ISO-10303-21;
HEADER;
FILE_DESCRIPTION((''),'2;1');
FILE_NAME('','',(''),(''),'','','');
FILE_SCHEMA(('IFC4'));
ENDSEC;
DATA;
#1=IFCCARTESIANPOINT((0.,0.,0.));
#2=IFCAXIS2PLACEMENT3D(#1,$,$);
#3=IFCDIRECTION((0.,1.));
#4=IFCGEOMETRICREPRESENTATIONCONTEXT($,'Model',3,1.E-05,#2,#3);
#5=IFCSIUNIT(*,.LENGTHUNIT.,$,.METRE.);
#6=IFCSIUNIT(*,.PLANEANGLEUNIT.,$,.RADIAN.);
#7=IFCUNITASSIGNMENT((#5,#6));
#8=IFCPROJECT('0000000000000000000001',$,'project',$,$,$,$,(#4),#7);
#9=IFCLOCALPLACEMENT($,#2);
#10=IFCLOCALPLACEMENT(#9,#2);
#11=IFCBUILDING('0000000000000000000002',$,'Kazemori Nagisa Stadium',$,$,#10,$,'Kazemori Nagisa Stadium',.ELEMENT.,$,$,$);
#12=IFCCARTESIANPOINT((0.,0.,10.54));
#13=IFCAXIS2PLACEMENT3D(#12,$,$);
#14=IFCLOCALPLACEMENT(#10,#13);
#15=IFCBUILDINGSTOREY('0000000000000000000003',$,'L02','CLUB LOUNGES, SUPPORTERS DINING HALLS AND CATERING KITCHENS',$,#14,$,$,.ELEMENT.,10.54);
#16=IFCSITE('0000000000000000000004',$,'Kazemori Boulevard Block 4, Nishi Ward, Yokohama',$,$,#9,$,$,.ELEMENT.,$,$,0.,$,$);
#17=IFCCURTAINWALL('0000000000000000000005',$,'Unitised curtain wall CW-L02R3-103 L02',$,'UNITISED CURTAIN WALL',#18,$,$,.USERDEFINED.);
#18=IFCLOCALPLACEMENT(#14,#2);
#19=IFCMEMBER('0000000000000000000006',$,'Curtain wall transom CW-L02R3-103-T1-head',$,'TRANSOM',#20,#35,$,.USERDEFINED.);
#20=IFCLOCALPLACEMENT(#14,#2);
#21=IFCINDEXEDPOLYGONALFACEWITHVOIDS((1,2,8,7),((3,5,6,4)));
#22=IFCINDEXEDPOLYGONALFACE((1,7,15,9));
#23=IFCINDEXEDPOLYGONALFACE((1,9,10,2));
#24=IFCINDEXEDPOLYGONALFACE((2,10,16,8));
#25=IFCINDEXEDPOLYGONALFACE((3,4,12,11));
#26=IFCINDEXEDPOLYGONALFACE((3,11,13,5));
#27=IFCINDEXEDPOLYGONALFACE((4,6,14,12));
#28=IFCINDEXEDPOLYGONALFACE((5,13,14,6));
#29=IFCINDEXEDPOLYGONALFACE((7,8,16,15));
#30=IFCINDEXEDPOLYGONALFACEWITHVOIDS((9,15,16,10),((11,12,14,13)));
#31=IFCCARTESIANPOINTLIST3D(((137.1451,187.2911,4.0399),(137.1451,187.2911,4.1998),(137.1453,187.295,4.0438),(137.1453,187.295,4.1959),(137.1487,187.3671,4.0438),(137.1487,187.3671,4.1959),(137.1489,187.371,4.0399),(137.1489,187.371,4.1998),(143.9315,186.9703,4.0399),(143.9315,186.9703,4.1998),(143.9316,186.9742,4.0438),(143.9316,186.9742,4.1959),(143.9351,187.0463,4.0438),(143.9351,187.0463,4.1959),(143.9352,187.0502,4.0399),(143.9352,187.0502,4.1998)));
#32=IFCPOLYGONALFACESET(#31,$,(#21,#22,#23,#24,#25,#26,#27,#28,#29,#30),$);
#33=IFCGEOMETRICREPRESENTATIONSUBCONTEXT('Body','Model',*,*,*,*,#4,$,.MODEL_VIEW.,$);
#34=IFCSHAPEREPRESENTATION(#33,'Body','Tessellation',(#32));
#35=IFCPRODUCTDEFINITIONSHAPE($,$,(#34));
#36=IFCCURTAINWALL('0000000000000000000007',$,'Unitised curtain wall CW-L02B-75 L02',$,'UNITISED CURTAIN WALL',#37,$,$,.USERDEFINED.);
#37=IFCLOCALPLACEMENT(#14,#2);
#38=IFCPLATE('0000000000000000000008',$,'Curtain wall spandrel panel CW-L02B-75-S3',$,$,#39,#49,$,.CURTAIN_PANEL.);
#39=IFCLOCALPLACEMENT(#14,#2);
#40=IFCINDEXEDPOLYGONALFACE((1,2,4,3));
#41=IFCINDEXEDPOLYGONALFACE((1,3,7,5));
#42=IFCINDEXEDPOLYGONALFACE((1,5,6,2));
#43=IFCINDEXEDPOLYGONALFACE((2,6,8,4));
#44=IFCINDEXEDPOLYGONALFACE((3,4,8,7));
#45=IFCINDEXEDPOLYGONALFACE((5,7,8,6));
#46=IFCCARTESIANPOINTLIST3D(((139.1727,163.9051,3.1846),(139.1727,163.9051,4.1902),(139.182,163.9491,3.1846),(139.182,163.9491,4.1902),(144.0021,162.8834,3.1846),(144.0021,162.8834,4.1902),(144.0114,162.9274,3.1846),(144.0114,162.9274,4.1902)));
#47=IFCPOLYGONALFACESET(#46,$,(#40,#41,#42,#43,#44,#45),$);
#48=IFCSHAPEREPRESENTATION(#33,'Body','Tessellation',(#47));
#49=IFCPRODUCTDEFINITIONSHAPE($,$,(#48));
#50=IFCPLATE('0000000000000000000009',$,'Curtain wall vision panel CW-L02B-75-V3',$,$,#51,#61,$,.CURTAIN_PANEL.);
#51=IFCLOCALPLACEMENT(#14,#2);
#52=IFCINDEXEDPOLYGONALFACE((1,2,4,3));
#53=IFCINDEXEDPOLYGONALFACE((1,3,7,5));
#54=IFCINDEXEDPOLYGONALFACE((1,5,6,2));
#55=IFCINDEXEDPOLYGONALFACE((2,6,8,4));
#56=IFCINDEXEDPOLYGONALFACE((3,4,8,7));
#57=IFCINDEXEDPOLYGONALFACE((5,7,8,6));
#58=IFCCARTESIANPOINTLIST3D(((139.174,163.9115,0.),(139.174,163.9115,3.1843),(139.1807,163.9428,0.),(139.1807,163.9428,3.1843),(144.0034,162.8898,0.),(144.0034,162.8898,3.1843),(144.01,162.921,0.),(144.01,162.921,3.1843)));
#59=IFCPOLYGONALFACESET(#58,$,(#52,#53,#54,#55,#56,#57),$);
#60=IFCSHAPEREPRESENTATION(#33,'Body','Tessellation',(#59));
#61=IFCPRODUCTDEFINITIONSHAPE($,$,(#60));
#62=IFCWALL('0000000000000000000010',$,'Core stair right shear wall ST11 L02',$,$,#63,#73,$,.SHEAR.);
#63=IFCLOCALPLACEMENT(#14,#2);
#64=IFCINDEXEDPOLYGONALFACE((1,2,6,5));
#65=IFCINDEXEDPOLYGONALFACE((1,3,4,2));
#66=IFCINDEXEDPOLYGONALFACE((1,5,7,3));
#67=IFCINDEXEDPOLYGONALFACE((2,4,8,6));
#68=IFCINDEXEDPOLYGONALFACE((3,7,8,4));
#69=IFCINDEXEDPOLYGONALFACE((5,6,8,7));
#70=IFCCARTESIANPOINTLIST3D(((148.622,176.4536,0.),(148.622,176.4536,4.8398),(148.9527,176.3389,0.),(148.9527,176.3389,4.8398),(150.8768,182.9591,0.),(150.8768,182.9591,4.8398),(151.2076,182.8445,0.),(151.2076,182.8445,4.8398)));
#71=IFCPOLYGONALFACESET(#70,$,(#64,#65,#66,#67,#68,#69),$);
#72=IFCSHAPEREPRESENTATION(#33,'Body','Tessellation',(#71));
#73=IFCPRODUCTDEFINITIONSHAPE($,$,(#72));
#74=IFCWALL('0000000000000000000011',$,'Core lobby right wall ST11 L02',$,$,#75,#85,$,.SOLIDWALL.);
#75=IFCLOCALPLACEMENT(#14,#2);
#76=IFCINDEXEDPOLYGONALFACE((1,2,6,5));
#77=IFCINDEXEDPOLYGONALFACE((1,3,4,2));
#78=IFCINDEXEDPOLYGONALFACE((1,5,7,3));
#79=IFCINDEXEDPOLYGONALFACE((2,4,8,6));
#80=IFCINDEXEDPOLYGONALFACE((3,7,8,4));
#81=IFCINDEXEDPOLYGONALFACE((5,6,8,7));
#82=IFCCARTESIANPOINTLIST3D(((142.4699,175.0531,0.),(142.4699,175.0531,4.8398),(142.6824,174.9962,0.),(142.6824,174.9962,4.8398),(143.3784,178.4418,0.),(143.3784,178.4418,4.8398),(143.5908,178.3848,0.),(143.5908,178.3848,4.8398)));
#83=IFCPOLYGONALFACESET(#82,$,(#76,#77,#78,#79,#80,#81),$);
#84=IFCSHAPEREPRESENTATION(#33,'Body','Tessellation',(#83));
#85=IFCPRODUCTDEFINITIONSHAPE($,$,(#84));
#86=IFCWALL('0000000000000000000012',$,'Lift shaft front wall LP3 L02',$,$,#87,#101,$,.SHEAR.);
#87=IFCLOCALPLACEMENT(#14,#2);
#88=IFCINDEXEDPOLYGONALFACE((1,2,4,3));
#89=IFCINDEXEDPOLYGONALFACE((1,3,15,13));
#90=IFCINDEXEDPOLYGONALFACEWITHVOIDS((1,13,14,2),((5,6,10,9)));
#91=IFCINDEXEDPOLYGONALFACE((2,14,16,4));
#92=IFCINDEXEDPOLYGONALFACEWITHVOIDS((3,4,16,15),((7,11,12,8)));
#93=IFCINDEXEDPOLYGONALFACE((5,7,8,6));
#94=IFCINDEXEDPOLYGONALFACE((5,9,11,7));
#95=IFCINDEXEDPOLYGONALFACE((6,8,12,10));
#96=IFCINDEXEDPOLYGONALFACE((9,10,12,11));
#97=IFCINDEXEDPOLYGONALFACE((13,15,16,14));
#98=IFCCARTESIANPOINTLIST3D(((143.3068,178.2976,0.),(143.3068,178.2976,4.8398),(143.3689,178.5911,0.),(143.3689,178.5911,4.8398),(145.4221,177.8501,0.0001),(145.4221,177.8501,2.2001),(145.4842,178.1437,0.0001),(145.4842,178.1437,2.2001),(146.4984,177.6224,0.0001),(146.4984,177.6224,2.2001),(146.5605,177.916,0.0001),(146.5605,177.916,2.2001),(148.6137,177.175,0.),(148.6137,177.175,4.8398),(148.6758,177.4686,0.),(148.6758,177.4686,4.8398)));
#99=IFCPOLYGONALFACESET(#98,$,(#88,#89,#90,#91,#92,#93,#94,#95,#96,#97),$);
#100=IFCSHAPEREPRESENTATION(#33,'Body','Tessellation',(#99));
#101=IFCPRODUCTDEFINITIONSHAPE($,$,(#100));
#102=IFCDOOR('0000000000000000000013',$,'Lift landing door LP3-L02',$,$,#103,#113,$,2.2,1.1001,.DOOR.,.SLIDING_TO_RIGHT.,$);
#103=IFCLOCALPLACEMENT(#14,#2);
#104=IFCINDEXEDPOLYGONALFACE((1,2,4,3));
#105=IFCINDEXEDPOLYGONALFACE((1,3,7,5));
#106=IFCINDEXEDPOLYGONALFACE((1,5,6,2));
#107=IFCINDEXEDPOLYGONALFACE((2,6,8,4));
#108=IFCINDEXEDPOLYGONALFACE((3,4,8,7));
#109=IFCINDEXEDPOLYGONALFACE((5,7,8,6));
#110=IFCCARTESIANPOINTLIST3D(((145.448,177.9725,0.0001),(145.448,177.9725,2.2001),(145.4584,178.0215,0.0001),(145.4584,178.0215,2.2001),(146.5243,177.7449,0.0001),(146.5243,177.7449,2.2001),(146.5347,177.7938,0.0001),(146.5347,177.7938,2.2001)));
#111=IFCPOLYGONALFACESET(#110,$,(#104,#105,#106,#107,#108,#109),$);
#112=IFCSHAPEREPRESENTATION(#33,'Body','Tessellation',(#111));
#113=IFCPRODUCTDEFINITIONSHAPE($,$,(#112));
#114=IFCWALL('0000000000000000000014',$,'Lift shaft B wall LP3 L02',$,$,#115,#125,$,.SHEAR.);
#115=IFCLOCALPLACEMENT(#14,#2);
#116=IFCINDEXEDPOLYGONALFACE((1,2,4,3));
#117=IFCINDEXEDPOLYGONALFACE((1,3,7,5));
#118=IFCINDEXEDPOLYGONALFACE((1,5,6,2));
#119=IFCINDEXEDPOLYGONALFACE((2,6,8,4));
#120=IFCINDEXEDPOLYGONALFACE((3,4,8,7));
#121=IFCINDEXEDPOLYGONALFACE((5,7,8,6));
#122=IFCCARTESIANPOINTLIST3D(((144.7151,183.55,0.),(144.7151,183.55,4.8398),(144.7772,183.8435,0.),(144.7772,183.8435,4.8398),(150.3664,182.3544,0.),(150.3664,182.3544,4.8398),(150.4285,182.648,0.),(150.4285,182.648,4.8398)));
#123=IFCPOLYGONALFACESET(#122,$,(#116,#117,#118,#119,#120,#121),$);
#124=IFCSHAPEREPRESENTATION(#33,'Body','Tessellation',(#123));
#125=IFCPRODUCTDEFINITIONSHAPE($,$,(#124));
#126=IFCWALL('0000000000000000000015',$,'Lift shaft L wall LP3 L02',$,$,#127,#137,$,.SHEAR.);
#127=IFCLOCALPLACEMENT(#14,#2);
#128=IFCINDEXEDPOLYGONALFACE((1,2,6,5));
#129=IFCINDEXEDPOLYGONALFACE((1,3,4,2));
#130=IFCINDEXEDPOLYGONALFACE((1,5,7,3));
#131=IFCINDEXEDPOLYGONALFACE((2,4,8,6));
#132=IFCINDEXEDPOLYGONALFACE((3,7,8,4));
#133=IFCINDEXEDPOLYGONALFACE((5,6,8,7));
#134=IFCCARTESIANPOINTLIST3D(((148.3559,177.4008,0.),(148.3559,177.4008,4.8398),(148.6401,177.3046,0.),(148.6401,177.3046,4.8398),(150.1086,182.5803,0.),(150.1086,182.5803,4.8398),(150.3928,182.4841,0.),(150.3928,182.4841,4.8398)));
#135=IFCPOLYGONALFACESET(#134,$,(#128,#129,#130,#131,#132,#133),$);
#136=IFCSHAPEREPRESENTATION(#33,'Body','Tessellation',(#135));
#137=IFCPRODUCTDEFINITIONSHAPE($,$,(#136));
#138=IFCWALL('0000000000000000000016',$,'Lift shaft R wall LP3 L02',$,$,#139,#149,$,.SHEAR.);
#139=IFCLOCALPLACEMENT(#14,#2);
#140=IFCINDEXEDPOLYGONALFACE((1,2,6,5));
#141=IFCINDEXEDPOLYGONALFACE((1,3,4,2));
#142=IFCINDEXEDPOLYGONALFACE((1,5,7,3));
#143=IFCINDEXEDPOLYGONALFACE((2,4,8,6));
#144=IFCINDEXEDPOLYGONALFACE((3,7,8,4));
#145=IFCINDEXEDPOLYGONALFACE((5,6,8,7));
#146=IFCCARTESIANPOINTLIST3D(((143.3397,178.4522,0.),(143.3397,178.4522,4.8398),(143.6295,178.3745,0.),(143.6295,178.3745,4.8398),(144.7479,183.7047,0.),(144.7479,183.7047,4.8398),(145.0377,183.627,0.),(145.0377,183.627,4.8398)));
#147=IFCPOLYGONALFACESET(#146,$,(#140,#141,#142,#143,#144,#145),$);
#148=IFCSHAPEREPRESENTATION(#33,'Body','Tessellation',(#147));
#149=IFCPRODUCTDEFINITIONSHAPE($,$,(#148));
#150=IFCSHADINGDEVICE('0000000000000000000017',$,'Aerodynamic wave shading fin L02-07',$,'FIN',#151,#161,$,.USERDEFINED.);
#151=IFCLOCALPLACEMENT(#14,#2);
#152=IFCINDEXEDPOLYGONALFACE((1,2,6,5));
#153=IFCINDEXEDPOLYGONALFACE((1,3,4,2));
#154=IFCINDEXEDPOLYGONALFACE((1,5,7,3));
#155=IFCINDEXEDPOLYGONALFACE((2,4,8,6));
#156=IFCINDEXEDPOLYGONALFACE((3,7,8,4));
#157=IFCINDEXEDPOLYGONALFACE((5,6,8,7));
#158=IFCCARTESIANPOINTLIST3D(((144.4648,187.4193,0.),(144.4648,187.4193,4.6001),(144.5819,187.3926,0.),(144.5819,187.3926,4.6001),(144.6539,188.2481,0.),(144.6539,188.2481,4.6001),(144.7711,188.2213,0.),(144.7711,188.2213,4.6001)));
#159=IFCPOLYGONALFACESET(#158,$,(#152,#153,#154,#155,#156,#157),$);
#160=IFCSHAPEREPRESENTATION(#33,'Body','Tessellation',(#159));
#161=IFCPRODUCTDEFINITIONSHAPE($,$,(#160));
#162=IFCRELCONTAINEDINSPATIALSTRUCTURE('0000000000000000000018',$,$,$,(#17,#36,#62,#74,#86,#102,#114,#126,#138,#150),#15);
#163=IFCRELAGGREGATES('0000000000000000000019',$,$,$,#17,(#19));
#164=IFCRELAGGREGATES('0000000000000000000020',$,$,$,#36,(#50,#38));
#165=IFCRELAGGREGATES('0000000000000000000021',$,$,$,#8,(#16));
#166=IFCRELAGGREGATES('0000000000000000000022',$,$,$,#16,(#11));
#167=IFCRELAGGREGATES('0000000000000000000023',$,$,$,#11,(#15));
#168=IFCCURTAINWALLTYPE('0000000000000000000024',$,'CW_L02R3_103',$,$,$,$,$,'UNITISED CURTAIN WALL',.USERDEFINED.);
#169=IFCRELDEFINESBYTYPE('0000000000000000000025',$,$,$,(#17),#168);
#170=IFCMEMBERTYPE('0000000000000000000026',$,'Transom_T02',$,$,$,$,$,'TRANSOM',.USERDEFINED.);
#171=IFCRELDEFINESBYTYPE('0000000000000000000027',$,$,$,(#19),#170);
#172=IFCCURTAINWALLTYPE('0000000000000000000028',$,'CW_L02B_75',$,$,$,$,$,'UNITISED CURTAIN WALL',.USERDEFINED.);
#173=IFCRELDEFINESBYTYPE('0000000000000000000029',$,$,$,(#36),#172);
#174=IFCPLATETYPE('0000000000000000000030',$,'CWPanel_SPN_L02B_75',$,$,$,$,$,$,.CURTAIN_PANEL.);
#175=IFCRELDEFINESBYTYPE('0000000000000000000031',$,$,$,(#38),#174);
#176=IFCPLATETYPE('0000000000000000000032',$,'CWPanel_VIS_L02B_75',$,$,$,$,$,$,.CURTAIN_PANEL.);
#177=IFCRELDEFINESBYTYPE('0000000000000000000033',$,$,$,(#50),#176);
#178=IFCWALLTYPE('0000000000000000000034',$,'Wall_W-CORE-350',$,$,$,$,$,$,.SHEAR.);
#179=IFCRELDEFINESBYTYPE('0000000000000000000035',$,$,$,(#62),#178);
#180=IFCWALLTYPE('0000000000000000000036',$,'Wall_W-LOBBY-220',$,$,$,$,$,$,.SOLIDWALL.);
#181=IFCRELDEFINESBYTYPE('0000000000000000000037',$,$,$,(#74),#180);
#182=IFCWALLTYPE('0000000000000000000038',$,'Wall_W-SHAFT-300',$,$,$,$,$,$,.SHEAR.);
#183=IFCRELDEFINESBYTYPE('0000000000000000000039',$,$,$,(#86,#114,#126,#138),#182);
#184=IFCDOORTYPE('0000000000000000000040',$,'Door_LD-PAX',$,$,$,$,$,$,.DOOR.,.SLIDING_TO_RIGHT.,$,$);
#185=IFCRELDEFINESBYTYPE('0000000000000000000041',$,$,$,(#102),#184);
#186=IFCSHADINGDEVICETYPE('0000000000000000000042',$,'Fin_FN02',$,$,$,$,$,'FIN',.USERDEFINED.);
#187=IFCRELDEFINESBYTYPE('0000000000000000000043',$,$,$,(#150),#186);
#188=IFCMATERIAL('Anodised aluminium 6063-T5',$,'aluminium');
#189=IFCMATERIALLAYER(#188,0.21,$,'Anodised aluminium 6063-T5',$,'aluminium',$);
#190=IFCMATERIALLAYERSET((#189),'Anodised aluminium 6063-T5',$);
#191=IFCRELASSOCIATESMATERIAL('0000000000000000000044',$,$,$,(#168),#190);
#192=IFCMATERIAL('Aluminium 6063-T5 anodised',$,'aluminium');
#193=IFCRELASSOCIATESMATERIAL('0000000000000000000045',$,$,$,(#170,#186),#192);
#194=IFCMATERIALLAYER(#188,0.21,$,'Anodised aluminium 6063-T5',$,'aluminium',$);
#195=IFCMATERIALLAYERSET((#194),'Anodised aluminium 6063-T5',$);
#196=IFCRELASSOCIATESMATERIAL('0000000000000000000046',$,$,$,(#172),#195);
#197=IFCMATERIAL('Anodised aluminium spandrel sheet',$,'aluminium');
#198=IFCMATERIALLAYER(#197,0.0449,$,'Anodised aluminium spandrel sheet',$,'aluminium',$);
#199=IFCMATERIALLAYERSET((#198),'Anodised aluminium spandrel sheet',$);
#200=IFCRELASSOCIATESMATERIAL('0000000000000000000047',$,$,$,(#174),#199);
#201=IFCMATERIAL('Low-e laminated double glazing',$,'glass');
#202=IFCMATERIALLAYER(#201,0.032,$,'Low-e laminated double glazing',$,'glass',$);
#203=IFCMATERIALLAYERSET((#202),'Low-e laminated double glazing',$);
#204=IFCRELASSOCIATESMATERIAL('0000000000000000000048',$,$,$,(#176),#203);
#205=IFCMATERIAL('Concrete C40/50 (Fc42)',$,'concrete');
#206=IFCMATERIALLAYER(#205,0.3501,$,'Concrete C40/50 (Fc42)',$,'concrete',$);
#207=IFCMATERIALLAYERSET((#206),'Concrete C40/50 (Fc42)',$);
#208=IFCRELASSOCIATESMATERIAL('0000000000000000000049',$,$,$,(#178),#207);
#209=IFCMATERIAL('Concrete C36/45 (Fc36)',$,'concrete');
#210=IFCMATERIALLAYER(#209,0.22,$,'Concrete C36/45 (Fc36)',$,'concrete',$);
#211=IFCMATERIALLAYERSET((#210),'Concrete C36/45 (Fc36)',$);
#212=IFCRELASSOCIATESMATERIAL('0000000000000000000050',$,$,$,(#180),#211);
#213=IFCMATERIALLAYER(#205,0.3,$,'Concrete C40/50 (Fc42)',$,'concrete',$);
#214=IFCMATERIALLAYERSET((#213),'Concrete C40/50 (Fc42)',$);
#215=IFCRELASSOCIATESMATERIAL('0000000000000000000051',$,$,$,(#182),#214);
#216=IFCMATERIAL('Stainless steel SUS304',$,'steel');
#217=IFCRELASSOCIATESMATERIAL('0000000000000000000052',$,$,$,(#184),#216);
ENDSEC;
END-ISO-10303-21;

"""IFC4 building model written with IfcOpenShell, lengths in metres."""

from ifc_helpers import new_model, si_unit, direction, frame, frame_2d, origin, origin_2d, place, context, subcontext, project, spatial, rectangle, hollow_rectangle, extrude, material, layer, layer_set, material_profile, profile_set, type_object, element, fill, aggregate, save


model = new_model("IFC4")

# Units and contexts
model_context = context("Model", 3, precision=1e-05, world=origin(), true_north=direction((0.0, 1.0)))
body_context = subcontext(model_context, "Body", "Model", "MODEL_VIEW")
ifc_project = project(units=[si_unit("LENGTHUNIT", "METRE"), si_unit("PLANEANGLEUNIT", "RADIAN")], contexts=[model_context])

# Site, building, storey
site_placement = place(None, origin())
site = spatial("IfcSite", under=ifc_project, at=site_placement, Name="Kazemori Boulevard Block 4, Nishi Ward, Yokohama", CompositionType="ELEMENT", RefElevation=0.0)
building_placement = place(site_placement, origin())
building = spatial("IfcBuilding", under=site, at=building_placement, Name="Kazemori Nagisa Stadium", LongName="Kazemori Nagisa Stadium", CompositionType="ELEMENT")
storey_placement = place(building_placement, frame((0.0, 0.0, 10.54)))
storey = spatial("IfcBuildingStorey", under=building, at=storey_placement, Name="L02", Description="CLUB LOUNGES, SUPPORTERS DINING HALLS AND CATERING KITCHENS", CompositionType="ELEMENT", Elevation=10.54)

# Shared definitions
ifc_material_1 = material(Name="Concrete C40/50 (Fc42)", Category="concrete")

# Curtain wall, member
ifc_material_2 = material(Name="Anodised aluminium 6063-T5", Category="aluminium")
ifc_layer_1 = layer(ifc_material_2, 0.21, Name="Anodised aluminium 6063-T5", Category="aluminium")
ifc_layer_set_1 = layer_set([ifc_layer_1], Name="Anodised aluminium 6063-T5")
curtain_wall_type_1 = type_object("IfcCurtainWallType", Name="CW_L02R3_103", ElementType="UNITISED CURTAIN WALL", PredefinedType="USERDEFINED", material=ifc_layer_set_1)
curtain_wall_1_placement = place(storey_placement, origin())
curtain_wall_1 = element("IfcCurtainWall", 1, at=curtain_wall_1_placement, inside=storey, type_object=curtain_wall_type_1, Name="Unitised curtain wall CW-L02R3-103 L02", ObjectType="UNITISED CURTAIN WALL", PredefinedType="USERDEFINED")
ifc_material_3 = material(Name="Aluminium 6063-T5 anodised", Category="aluminium")
ifc_material_profile_1 = material_profile(ifc_material_3, hollow_rectangle(XDim=0.0801, YDim=0.1599, WallThickness=0.0039, at=origin_2d()), Name="ALU-TRAN-80x160x4")
ifc_profile_set_1 = profile_set([ifc_material_profile_1], Name="Aluminium 6063-T5 anodised")
member_type_1 = type_object("IfcMemberType", Name="Transom_T02", ElementType="TRANSOM", PredefinedType="USERDEFINED", material=ifc_profile_set_1)
member_1_placement = place(storey_placement, frame((143.9333, 187.0103, 4.1199), z_axis=(-0.998885, 0.047219, 0.0), x_axis=(-0.047219, -0.998885, 0.0)))
member_1 = element("IfcMember", 2, at=member_1_placement, type_object=member_type_1, Name="Curtain wall transom CW-L02R3-103-T1-head", ObjectType="TRANSOM", PredefinedType="USERDEFINED", context=body_context, shape_type="SweptSolid", body=[
    extrude(hollow_rectangle(XDim=0.0801, YDim=0.1599, WallThickness=0.0039, at=origin_2d()), origin(), (0.0, 0.0, 1.0), 6.7939),
])
aggregate(curtain_wall_1, [member_1])

# Curtain wall, plates
ifc_layer_2 = layer(ifc_material_2, 0.21, Name="Anodised aluminium 6063-T5", Category="aluminium")
ifc_layer_set_2 = layer_set([ifc_layer_2], Name="Anodised aluminium 6063-T5")
curtain_wall_type_2 = type_object("IfcCurtainWallType", Name="CW_L02B_75", ElementType="UNITISED CURTAIN WALL", PredefinedType="USERDEFINED", material=ifc_layer_set_2)
curtain_wall_2_placement = place(storey_placement, origin())
curtain_wall_2 = element("IfcCurtainWall", 3, at=curtain_wall_2_placement, inside=storey, type_object=curtain_wall_type_2, Name="Unitised curtain wall CW-L02B-75 L02", ObjectType="UNITISED CURTAIN WALL", PredefinedType="USERDEFINED")
ifc_material_4 = material(Name="Anodised aluminium spandrel sheet", Category="aluminium")
ifc_layer_3 = layer(ifc_material_4, 0.0449, Name="Anodised aluminium spandrel sheet", Category="aluminium")
ifc_layer_set_3 = layer_set([ifc_layer_3], Name="Anodised aluminium spandrel sheet")
plate_type_1 = type_object("IfcPlateType", Name="CWPanel_SPN_L02B_75", PredefinedType="CURTAIN_PANEL", material=ifc_layer_set_3)
plate_1_placement = place(storey_placement, frame((141.592, 163.4163, 3.1846), z_axis=(0.0, 0.0, 1.0), x_axis=(-0.978345, 0.206981, 0.0)))
plate_1 = element("IfcPlate", 4, at=plate_1_placement, type_object=plate_type_1, Name="Curtain wall spandrel panel CW-L02B-75-S3", PredefinedType="CURTAIN_PANEL", context=body_context, shape_type="SweptSolid", body=[
    extrude(rectangle(XDim=4.9363, YDim=0.0449, at=origin_2d()), origin(), (0.0, 0.0, 1.0), 1.0056),
])
ifc_material_5 = material(Name="Low-e laminated double glazing", Category="glass")
ifc_layer_4 = layer(ifc_material_5, 0.032, Name="Low-e laminated double glazing", Category="glass")
ifc_layer_set_4 = layer_set([ifc_layer_4], Name="Low-e laminated double glazing")
plate_type_2 = type_object("IfcPlateType", Name="CWPanel_VIS_L02B_75", PredefinedType="CURTAIN_PANEL", material=ifc_layer_set_4)
plate_2_placement = place(storey_placement, frame((141.592, 163.4163, 0.0), z_axis=(0.0, 0.0, 1.0), x_axis=(-0.978345, 0.206981, 0.0)))
plate_2 = element("IfcPlate", 5, at=plate_2_placement, type_object=plate_type_2, Name="Curtain wall vision panel CW-L02B-75-V3", PredefinedType="CURTAIN_PANEL", context=body_context, shape_type="SweptSolid", body=[
    extrude(rectangle(XDim=4.9363, YDim=0.032, at=origin_2d()), origin(), (0.0, 0.0, 1.0), 3.1843),
])
aggregate(curtain_wall_2, [plate_2, plate_1])

# Walls
ifc_layer_5 = layer(ifc_material_1, 0.3501, Name="Concrete C40/50 (Fc42)", Category="concrete")
ifc_layer_set_5 = layer_set([ifc_layer_5], Name="Concrete C40/50 (Fc42)")
wall_type_1 = type_object("IfcWallType", Name="Wall_W-CORE-350", PredefinedType="SHEAR", material=ifc_layer_set_5)
wall_1_placement = place(storey_placement, frame((148.7874, 176.3962, 0.0), z_axis=(0.0, 0.0, 1.0), x_axis=(0.327492, 0.944854, 0.0)))
element("IfcWall", 6, at=wall_1_placement, inside=storey, type_object=wall_type_1, Name="Core stair right shear wall ST11 L02", PredefinedType="SHEAR", context=body_context, shape_type="SweptSolid", body=[
    extrude(rectangle(XDim=6.8853, YDim=0.3501, at=frame_2d((3.4426, 0.0))), origin(), (0.0, 0.0, 1.0), 4.8398),
])
ifc_material_6 = material(Name="Concrete C36/45 (Fc36)", Category="concrete")
ifc_layer_6 = layer(ifc_material_6, 0.22, Name="Concrete C36/45 (Fc36)", Category="concrete")
ifc_layer_set_6 = layer_set([ifc_layer_6], Name="Concrete C36/45 (Fc36)")
wall_type_2 = type_object("IfcWallType", Name="Wall_W-LOBBY-220", PredefinedType="SOLIDWALL", material=ifc_layer_set_6)
wall_2_placement = place(storey_placement, frame((142.5762, 175.0247, 0.0), z_axis=(0.0, 0.0, 1.0), x_axis=(0.25894, 0.965893, 0.0)))
element("IfcWall", 7, at=wall_2_placement, inside=storey, type_object=wall_type_2, Name="Core lobby right wall ST11 L02", PredefinedType="SOLIDWALL", context=body_context, shape_type="SweptSolid", body=[
    extrude(rectangle(XDim=3.5083, YDim=0.22, at=frame_2d((1.7542, 0.0))), origin(), (0.0, 0.0, 1.0), 4.8398),
])

# Wall, opening, door
ifc_layer_7 = layer(ifc_material_1, 0.3, Name="Concrete C40/50 (Fc42)", Category="concrete")
ifc_layer_set_7 = layer_set([ifc_layer_7], Name="Concrete C40/50 (Fc42)")
wall_type_3 = type_object("IfcWallType", Name="Wall_W-SHAFT-300", PredefinedType="SHEAR", material=ifc_layer_set_7)
wall_3_placement = place(storey_placement, frame((148.6448, 177.3218, 0.0), z_axis=(0.0, 0.0, 1.0), x_axis=(-0.978352, 0.206949, 0.0)))
wall_3 = element("IfcWall", 8, at=wall_3_placement, inside=storey, type_object=wall_type_3, Name="Lift shaft front wall LP3 L02", PredefinedType="SHEAR", context=body_context, shape_type="SweptSolid", body=[
    extrude(rectangle(XDim=5.4243, YDim=0.3, at=frame_2d((2.7122, 0.0))), origin(), (0.0, 0.0, 1.0), 4.8398),
])
opening_placement = place(wall_3_placement, frame((2.1621, 0.0, 0.0)))
opening = element("IfcOpeningElement", 9, at=opening_placement, cuts=wall_3, PredefinedType="OPENING", context=body_context, shape_type="SweptSolid", body=[
    extrude(rectangle(XDim=1.1001, YDim=2.2, at=frame_2d((0.55, 1.1001))), frame((0.0, 0.1599, 0.0), z_axis=(0.0, -1.0, 0.0), x_axis=(1.0, 0.0, 0.0)), (0.0, 0.0, 1.0), 0.3201),
])
ifc_material_7 = material(Name="Stainless steel SUS304", Category="steel")
door_type = type_object("IfcDoorType", Name="Door_LD-PAX", OperationType="SLIDING_TO_RIGHT", PredefinedType="DOOR", material=ifc_material_7)
door_placement = place(opening_placement, origin())
door = element("IfcDoor", 10, at=door_placement, inside=storey, type_object=door_type, Name="Lift landing door LP3-L02", OperationType="SLIDING_TO_RIGHT", OverallHeight=2.2, OverallWidth=1.1001, PredefinedType="DOOR", context=body_context, shape_type="SweptSolid", body=[
    extrude(rectangle(XDim=1.1001, YDim=2.2, at=frame_2d((0.55, 1.1001))), frame((0.0, 0.0249, 0.0), z_axis=(0.0, -1.0, 0.0), x_axis=(1.0, 0.0, 0.0)), (0.0, 0.0, 1.0), 0.05),
])
fill(opening, door)

# Walls
wall_4_placement = place(storey_placement, frame((150.3975, 182.5012, 0.0), z_axis=(0.0, 0.0, 1.0), x_axis=(-0.978347, 0.206971, 0.0)))
element("IfcWall", 11, at=wall_4_placement, inside=storey, type_object=wall_type_3, Name="Lift shaft B wall LP3 L02", PredefinedType="SHEAR", context=body_context, shape_type="SweptSolid", body=[
    extrude(rectangle(XDim=5.7764, YDim=0.3, at=frame_2d((2.8882, 0.0))), origin(), (0.0, 0.0, 1.0), 4.8398),
])
wall_5_placement = place(storey_placement, frame((148.498, 177.3528, 0.0), z_axis=(0.0, 0.0, 1.0), x_axis=(0.320538, 0.947236, 0.0)))
element("IfcWall", 12, at=wall_5_placement, inside=storey, type_object=wall_type_3, Name="Lift shaft L wall LP3 L02", PredefinedType="SHEAR", context=body_context, shape_type="SweptSolid", body=[
    extrude(rectangle(XDim=5.468, YDim=0.3, at=frame_2d((2.7339, 0.0))), origin(), (0.0, 0.0, 1.0), 4.8398),
])
wall_6_placement = place(storey_placement, frame((143.4846, 178.4133, 0.0), z_axis=(0.0, 0.0, 1.0), x_axis=(0.258959, 0.965888, 0.0)))
element("IfcWall", 13, at=wall_6_placement, inside=storey, type_object=wall_type_3, Name="Lift shaft R wall LP3 L02", PredefinedType="SHEAR", context=body_context, shape_type="SweptSolid", body=[
    extrude(rectangle(XDim=5.438, YDim=0.3, at=frame_2d((2.719, 0.0))), origin(), (0.0, 0.0, 1.0), 4.8398),
])

# Shading device
shading_device_type = type_object("IfcShadingDeviceType", Name="Fin_FN02", ElementType="FIN", PredefinedType="USERDEFINED", material=ifc_material_3)
shading_device_placement = place(storey_placement, frame((144.6179, 187.8203, 0.0), z_axis=(0.0, 0.0, 1.0), x_axis=(0.222521, 0.974928, 0.0)))
element("IfcShadingDevice", 14, at=shading_device_placement, inside=storey, type_object=shading_device_type, Name="Aerodynamic wave shading fin L02-07", ObjectType="FIN", PredefinedType="USERDEFINED", context=body_context, shape_type="SweptSolid", body=[
    extrude(rectangle(XDim=0.8501, YDim=0.1201, at=origin_2d()), origin(), (0.0, 0.0, 1.0), 4.6001),
])

save(model, "model.ifc")
